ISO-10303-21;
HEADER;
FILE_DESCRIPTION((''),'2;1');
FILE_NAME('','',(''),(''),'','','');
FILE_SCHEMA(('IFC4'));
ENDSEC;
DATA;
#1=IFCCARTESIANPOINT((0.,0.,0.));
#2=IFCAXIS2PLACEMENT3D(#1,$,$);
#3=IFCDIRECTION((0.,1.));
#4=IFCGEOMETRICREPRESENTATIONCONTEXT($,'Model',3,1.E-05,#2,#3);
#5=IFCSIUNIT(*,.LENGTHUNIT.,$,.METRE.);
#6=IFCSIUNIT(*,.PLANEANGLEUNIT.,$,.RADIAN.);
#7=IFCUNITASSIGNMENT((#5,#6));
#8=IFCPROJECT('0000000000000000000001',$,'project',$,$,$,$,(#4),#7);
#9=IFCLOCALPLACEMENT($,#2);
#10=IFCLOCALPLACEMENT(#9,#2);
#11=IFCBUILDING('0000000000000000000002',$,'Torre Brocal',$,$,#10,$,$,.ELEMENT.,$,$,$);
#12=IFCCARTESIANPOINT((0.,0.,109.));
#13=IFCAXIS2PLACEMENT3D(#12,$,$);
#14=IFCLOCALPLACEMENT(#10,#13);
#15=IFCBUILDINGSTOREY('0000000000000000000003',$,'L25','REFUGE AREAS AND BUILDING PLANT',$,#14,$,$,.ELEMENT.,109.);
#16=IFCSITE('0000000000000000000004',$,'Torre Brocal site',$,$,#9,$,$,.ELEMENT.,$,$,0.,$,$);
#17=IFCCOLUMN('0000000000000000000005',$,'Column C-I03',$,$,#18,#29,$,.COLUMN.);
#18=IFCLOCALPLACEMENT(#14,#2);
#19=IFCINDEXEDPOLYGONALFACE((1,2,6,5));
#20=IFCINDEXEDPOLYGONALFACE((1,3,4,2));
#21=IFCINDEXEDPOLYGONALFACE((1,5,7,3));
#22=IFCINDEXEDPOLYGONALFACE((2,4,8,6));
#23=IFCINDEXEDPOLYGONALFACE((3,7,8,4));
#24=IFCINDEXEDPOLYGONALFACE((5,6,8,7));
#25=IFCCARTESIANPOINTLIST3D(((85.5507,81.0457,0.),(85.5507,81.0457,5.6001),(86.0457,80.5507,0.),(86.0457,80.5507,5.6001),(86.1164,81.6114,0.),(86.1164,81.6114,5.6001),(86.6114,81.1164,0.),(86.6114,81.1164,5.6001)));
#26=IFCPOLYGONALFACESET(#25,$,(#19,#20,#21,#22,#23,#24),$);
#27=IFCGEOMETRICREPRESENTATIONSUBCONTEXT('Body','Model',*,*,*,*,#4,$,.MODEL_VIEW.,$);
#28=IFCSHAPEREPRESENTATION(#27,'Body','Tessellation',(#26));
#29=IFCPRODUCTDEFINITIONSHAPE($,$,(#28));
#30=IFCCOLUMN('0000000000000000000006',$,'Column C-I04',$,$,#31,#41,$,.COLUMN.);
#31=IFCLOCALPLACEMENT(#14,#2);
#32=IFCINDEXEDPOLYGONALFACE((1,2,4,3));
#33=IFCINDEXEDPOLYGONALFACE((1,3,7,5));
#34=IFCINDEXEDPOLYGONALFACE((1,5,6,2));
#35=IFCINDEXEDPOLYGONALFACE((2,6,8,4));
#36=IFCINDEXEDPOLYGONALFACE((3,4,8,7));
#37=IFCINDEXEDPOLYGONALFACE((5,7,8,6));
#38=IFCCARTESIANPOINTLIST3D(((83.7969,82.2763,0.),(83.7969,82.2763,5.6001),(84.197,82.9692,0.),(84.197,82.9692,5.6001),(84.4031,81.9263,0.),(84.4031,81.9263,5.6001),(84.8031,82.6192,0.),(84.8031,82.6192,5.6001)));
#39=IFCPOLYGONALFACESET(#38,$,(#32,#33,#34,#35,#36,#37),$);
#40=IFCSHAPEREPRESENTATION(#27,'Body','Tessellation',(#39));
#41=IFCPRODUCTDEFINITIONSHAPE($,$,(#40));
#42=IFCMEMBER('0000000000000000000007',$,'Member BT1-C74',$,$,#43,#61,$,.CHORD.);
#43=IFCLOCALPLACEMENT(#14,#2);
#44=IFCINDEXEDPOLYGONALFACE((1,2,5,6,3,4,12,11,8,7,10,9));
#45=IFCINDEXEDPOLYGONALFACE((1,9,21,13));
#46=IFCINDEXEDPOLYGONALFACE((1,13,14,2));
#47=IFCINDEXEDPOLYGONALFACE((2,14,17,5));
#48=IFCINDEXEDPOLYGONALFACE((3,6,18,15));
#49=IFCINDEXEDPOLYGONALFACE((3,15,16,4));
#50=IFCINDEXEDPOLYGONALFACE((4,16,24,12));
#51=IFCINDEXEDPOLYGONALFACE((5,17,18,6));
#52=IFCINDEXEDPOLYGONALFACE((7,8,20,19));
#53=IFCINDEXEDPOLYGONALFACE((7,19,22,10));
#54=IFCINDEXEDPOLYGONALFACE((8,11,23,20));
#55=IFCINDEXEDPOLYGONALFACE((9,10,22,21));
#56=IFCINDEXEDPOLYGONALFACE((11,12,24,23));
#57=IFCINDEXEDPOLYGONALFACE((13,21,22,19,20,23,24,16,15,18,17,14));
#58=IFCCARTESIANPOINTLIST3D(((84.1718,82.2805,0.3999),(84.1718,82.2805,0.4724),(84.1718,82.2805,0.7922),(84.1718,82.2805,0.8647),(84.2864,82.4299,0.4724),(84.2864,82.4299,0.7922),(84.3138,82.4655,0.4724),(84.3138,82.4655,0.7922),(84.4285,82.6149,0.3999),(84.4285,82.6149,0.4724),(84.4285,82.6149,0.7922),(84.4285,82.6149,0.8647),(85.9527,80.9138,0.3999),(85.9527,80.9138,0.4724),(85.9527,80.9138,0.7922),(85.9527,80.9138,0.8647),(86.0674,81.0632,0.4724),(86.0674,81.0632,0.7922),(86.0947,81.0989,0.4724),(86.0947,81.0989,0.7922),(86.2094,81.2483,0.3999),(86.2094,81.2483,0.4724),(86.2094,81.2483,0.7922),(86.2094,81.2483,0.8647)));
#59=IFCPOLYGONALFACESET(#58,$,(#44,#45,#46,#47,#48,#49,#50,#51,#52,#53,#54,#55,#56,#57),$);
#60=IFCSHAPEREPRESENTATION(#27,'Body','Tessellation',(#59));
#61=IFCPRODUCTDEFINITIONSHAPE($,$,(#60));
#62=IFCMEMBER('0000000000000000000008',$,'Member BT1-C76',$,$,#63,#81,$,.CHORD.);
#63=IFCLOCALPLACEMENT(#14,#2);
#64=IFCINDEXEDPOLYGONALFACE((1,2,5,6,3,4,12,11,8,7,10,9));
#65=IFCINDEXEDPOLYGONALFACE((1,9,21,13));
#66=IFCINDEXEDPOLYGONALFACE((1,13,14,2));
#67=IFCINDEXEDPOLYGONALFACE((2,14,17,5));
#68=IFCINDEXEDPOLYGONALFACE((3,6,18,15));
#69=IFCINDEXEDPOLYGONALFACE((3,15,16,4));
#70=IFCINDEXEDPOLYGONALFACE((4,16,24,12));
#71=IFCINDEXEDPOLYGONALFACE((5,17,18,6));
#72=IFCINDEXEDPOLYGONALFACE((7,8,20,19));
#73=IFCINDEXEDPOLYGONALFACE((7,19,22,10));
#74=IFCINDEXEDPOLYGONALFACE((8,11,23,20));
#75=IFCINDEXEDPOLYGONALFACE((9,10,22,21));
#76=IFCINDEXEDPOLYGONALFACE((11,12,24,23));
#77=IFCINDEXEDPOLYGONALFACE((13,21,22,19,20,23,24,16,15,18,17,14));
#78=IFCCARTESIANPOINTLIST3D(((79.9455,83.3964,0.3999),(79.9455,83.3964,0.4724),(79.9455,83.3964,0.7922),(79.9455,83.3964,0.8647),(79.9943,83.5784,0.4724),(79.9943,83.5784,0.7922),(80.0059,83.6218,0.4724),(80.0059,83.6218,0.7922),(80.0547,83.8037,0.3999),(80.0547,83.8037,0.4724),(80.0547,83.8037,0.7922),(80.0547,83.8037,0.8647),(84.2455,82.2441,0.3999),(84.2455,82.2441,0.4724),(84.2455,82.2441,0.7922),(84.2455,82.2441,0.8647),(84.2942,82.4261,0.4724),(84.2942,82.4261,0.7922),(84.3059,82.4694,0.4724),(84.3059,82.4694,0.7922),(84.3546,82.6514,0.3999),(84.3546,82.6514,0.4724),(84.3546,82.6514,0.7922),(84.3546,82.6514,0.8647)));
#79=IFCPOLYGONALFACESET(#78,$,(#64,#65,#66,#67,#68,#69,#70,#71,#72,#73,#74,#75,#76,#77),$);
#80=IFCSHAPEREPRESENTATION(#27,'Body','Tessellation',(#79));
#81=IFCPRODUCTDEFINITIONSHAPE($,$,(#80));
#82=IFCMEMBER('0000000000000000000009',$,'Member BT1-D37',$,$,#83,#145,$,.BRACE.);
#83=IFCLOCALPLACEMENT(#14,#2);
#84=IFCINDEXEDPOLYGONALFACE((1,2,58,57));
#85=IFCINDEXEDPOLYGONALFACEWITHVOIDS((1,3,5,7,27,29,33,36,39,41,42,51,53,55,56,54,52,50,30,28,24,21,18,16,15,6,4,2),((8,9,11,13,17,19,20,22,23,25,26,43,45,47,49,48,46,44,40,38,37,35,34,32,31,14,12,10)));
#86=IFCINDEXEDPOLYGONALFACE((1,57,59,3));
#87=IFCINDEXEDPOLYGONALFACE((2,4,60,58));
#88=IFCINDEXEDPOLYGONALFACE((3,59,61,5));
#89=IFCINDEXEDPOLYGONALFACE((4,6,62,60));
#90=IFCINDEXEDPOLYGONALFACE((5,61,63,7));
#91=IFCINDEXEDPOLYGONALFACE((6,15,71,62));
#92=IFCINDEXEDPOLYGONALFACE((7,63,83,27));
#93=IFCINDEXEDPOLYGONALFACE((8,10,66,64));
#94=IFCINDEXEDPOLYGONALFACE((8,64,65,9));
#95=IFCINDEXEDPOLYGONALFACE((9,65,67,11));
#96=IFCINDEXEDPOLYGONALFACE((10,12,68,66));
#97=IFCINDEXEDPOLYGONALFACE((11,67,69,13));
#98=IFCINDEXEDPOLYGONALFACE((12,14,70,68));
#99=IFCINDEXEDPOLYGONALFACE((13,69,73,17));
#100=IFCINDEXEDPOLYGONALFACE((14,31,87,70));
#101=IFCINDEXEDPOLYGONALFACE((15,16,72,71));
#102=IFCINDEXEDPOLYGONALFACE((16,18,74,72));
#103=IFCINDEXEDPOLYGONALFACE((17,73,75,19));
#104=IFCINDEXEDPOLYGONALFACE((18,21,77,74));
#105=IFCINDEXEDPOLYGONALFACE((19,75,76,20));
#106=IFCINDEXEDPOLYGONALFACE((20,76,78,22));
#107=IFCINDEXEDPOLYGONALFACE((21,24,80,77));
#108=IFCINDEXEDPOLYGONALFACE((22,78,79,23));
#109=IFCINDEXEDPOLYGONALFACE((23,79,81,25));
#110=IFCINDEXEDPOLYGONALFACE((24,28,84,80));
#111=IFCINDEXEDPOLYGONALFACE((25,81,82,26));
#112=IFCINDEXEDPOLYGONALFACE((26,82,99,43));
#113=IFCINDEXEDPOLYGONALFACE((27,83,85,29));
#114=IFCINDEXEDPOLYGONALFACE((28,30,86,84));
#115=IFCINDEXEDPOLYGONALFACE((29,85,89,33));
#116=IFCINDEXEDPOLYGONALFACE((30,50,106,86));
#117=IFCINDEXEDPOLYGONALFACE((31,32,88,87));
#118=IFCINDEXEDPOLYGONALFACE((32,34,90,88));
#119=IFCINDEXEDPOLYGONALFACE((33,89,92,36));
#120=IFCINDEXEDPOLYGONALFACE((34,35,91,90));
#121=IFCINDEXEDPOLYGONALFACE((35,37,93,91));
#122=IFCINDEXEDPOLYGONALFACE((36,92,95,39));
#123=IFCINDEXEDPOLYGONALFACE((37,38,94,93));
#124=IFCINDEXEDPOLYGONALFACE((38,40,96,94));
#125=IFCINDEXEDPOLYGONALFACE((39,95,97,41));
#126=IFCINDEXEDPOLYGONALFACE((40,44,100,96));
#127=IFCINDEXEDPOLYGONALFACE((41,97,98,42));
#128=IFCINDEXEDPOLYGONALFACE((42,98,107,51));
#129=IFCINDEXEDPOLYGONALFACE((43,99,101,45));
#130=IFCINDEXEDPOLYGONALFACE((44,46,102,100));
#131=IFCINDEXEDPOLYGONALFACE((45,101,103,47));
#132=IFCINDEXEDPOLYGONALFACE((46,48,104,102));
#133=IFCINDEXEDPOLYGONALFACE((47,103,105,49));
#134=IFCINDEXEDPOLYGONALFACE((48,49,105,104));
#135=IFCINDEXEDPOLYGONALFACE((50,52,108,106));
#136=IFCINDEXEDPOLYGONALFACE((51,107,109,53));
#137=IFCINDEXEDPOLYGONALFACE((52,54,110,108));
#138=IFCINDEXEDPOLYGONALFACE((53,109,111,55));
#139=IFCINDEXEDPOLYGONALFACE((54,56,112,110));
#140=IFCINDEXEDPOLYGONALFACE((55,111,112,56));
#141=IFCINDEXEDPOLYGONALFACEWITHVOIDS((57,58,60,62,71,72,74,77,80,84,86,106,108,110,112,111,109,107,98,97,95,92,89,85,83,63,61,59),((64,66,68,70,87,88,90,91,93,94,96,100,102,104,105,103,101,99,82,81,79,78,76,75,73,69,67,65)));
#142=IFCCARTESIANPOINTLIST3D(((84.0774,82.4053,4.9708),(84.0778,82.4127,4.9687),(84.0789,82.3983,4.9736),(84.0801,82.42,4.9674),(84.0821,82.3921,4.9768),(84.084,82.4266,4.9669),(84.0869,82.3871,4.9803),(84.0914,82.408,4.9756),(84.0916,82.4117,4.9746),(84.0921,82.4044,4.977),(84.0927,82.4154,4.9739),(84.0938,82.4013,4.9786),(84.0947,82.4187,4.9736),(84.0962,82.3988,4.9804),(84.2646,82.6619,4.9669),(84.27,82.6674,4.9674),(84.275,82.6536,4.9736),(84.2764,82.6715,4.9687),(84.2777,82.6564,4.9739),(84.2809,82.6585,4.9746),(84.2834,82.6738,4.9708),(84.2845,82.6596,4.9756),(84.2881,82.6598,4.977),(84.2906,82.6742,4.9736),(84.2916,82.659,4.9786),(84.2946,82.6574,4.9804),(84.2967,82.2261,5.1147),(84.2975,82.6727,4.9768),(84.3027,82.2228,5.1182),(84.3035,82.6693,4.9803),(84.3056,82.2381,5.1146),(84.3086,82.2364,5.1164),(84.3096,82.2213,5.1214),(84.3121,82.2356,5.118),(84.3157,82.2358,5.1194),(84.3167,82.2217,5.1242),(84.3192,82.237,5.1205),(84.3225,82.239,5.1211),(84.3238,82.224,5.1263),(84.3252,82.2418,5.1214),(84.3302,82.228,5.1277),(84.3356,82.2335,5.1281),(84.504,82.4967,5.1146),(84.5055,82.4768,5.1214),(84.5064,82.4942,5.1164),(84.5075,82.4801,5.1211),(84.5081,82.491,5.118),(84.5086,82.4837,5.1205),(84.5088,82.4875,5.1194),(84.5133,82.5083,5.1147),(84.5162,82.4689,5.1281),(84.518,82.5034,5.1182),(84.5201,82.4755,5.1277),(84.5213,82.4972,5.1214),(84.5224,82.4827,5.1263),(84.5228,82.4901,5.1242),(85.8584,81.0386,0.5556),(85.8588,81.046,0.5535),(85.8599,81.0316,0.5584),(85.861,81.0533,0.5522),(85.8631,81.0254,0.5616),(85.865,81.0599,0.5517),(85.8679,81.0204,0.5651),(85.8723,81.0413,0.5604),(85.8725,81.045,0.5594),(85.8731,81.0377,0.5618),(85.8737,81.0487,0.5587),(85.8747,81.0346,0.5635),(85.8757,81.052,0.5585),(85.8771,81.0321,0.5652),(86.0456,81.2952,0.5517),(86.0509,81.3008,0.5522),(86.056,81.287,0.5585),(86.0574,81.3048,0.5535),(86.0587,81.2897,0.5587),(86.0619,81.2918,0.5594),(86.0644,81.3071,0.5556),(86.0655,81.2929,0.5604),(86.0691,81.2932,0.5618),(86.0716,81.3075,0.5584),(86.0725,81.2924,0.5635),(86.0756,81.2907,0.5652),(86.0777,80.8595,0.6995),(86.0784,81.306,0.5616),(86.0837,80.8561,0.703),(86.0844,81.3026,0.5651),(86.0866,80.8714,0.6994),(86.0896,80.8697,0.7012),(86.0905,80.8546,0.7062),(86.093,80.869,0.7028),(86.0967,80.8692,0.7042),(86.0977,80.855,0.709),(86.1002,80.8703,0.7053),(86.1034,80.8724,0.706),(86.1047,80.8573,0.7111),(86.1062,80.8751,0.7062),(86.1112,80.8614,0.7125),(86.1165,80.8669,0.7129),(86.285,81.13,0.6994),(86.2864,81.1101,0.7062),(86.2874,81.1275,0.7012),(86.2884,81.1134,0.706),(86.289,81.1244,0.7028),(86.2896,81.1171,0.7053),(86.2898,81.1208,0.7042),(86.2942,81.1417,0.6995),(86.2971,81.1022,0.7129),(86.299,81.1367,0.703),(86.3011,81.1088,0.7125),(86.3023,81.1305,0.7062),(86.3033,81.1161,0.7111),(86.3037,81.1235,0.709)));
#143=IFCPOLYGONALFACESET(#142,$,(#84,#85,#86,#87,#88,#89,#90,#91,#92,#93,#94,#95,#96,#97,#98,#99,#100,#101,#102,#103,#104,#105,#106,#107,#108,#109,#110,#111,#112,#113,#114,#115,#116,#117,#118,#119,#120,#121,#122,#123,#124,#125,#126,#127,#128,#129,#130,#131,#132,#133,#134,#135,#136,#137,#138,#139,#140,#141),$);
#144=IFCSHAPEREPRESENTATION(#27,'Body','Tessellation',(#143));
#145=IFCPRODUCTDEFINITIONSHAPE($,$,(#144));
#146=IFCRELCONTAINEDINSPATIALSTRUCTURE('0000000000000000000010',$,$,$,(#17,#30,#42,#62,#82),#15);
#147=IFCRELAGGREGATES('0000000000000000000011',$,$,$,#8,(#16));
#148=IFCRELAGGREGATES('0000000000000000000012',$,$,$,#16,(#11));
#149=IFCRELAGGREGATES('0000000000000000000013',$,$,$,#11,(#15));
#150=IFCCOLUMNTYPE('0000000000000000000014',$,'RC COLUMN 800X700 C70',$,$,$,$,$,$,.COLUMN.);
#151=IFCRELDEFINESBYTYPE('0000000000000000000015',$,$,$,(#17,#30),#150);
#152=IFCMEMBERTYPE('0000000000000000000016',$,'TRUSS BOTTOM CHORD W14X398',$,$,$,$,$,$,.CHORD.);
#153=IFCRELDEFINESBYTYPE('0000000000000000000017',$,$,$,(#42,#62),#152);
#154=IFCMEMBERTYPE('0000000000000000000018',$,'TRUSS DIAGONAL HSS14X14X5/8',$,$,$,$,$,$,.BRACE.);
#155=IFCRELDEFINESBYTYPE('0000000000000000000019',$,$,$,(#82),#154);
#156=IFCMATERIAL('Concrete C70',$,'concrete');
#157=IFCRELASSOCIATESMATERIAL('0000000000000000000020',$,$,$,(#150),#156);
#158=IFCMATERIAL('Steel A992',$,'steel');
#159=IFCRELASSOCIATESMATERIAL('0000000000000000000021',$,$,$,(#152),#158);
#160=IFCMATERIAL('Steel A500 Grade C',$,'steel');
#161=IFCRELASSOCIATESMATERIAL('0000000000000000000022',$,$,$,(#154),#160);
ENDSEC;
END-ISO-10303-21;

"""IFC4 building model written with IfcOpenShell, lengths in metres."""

from ifc_helpers import new_model, si_unit, direction, frame, origin, origin_2d, place, context, subcontext, project, spatial, rectangle, hollow_rectangle, i_section, extrude, material, material_profile, profile_set, type_object, element, save


model = new_model("IFC4")

# Units and contexts
model_context = context("Model", 3, precision=1e-05, world=origin(), true_north=direction((0.0, 1.0)))
body_context = subcontext(model_context, "Body", "Model", "MODEL_VIEW")
ifc_project = project(units=[si_unit("LENGTHUNIT", "METRE"), si_unit("PLANEANGLEUNIT", "RADIAN")], contexts=[model_context])

# Site, building, storey
site_placement = place(None, origin())
site = spatial("IfcSite", under=ifc_project, at=site_placement, Name="Torre Brocal site", CompositionType="ELEMENT", RefElevation=0.0)
building_placement = place(site_placement, origin())
building = spatial("IfcBuilding", under=site, at=building_placement, Name="Torre Brocal", CompositionType="ELEMENT")
storey_placement = place(building_placement, frame((0.0, 0.0, 109.0)))
storey = spatial("IfcBuildingStorey", under=building, at=storey_placement, Name="L25", Description="REFUGE AREAS AND BUILDING PLANT", CompositionType="ELEMENT", Elevation=109.0)

# Columns
ifc_material_1 = material(Name="Concrete C70", Category="concrete")
ifc_material_profile_1 = material_profile(ifc_material_1, rectangle(XDim=0.8, YDim=0.7, at=origin_2d()), Name="RC 800X700")
ifc_profile_set_1 = profile_set([ifc_material_profile_1], Name="Concrete C70")
column_type = type_object("IfcColumnType", Name="RC COLUMN 800X700 C70", PredefinedType="COLUMN", material=ifc_profile_set_1)
for number, where, z_axis, x_axis, name in (
    (1, (86.0811, 81.0811, 0.0), (0.0, 0.0, 1.0), (0.707107, 0.707107, 0.0), "Column C-I03"),
    (2, (84.3, 82.4478, 0.0), (0.0, 0.0, 1.0), (0.5, 0.866025, 0.0), "Column C-I04"),
):
    element("IfcColumn", number, at=place(storey_placement, frame(where, z_axis=z_axis, x_axis=x_axis)), inside=storey, type_object=column_type, Name=name, PredefinedType="COLUMN", context=body_context, shape_type="SweptSolid", body=[
        extrude(rectangle(XDim=0.8, YDim=0.7, at=origin_2d()), origin(), (0.0, 0.0, 1.0), 5.6001),
    ])

# Members
ifc_material_2 = material(Name="Steel A992", Category="steel")
ifc_material_profile_2 = material_profile(ifc_material_2, i_section(OverallWidth=0.4216, OverallDepth=0.4648, WebThickness=0.0449, FlangeThickness=0.0725, at=origin_2d()), Name="W14X398")
ifc_profile_set_2 = profile_set([ifc_material_profile_2], Name="Steel A992")
member_type_1 = type_object("IfcMemberType", Name="TRUSS BOTTOM CHORD W14X398", PredefinedType="CHORD", material=ifc_profile_set_2)
member_1_placement = place(storey_placement, frame((86.0811, 81.0811, 0.6323), z_axis=(-0.793335, 0.608785, 0.0), x_axis=(-0.608785, -0.793335, 0.0)))
element("IfcMember", 3, at=member_1_placement, inside=storey, type_object=member_type_1, Name="Member BT1-C74", PredefinedType="CHORD", context=body_context, shape_type="SweptSolid", body=[
    extrude(i_section(OverallWidth=0.4216, OverallDepth=0.4648, WebThickness=0.0449, FlangeThickness=0.0725, at=origin_2d()), origin(), (0.0, 0.0, 1.0), 2.2449),
])
member_2_placement = place(storey_placement, frame((84.3, 82.4478, 0.6323), z_axis=(-0.965917, 0.25885, 0.0), x_axis=(-0.25885, -0.965917, 0.0)))
element("IfcMember", 4, at=member_2_placement, inside=storey, type_object=member_type_1, Name="Member BT1-C76", PredefinedType="CHORD", context=body_context, shape_type="SweptSolid", body=[
    extrude(i_section(OverallWidth=0.4216, OverallDepth=0.4648, WebThickness=0.0449, FlangeThickness=0.0725, at=origin_2d()), origin(), (0.0, 0.0, 1.0), 4.4517),
])
ifc_material_3 = material(Name="Steel A500 Grade C", Category="steel")
ifc_material_profile_3 = material_profile(ifc_material_3, hollow_rectangle(XDim=0.3557, YDim=0.3557, WallThickness=0.0149, InnerFilletRadius=0.0149, OuterFilletRadius=0.0295, at=origin_2d()), Name="HSS14X14X5/8")
ifc_profile_set_3 = profile_set([ifc_material_profile_3], Name="Steel A500 Grade C")
member_type_2 = type_object("IfcMemberType", Name="TRUSS DIAGONAL HSS14X14X5/8", PredefinedType="BRACE", material=ifc_profile_set_3)
member_3_placement = place(storey_placement, frame((86.0811, 81.0811, 0.6323), z_axis=(-0.359564, 0.27592, 0.891393), x_axis=(-0.608785, -0.793335, 0.0)))
element("IfcMember", 5, at=member_3_placement, inside=storey, type_object=member_type_2, Name="Member BT1-D37", PredefinedType="BRACE", context=body_context, shape_type="SweptSolid", body=[
    extrude(hollow_rectangle(XDim=0.3557, YDim=0.3557, WallThickness=0.0149, InnerFilletRadius=0.0149, OuterFilletRadius=0.0295, at=origin_2d()), origin(), (0.0, 0.0, 1.0), 4.9531),
])

save(model, "model.ifc")
